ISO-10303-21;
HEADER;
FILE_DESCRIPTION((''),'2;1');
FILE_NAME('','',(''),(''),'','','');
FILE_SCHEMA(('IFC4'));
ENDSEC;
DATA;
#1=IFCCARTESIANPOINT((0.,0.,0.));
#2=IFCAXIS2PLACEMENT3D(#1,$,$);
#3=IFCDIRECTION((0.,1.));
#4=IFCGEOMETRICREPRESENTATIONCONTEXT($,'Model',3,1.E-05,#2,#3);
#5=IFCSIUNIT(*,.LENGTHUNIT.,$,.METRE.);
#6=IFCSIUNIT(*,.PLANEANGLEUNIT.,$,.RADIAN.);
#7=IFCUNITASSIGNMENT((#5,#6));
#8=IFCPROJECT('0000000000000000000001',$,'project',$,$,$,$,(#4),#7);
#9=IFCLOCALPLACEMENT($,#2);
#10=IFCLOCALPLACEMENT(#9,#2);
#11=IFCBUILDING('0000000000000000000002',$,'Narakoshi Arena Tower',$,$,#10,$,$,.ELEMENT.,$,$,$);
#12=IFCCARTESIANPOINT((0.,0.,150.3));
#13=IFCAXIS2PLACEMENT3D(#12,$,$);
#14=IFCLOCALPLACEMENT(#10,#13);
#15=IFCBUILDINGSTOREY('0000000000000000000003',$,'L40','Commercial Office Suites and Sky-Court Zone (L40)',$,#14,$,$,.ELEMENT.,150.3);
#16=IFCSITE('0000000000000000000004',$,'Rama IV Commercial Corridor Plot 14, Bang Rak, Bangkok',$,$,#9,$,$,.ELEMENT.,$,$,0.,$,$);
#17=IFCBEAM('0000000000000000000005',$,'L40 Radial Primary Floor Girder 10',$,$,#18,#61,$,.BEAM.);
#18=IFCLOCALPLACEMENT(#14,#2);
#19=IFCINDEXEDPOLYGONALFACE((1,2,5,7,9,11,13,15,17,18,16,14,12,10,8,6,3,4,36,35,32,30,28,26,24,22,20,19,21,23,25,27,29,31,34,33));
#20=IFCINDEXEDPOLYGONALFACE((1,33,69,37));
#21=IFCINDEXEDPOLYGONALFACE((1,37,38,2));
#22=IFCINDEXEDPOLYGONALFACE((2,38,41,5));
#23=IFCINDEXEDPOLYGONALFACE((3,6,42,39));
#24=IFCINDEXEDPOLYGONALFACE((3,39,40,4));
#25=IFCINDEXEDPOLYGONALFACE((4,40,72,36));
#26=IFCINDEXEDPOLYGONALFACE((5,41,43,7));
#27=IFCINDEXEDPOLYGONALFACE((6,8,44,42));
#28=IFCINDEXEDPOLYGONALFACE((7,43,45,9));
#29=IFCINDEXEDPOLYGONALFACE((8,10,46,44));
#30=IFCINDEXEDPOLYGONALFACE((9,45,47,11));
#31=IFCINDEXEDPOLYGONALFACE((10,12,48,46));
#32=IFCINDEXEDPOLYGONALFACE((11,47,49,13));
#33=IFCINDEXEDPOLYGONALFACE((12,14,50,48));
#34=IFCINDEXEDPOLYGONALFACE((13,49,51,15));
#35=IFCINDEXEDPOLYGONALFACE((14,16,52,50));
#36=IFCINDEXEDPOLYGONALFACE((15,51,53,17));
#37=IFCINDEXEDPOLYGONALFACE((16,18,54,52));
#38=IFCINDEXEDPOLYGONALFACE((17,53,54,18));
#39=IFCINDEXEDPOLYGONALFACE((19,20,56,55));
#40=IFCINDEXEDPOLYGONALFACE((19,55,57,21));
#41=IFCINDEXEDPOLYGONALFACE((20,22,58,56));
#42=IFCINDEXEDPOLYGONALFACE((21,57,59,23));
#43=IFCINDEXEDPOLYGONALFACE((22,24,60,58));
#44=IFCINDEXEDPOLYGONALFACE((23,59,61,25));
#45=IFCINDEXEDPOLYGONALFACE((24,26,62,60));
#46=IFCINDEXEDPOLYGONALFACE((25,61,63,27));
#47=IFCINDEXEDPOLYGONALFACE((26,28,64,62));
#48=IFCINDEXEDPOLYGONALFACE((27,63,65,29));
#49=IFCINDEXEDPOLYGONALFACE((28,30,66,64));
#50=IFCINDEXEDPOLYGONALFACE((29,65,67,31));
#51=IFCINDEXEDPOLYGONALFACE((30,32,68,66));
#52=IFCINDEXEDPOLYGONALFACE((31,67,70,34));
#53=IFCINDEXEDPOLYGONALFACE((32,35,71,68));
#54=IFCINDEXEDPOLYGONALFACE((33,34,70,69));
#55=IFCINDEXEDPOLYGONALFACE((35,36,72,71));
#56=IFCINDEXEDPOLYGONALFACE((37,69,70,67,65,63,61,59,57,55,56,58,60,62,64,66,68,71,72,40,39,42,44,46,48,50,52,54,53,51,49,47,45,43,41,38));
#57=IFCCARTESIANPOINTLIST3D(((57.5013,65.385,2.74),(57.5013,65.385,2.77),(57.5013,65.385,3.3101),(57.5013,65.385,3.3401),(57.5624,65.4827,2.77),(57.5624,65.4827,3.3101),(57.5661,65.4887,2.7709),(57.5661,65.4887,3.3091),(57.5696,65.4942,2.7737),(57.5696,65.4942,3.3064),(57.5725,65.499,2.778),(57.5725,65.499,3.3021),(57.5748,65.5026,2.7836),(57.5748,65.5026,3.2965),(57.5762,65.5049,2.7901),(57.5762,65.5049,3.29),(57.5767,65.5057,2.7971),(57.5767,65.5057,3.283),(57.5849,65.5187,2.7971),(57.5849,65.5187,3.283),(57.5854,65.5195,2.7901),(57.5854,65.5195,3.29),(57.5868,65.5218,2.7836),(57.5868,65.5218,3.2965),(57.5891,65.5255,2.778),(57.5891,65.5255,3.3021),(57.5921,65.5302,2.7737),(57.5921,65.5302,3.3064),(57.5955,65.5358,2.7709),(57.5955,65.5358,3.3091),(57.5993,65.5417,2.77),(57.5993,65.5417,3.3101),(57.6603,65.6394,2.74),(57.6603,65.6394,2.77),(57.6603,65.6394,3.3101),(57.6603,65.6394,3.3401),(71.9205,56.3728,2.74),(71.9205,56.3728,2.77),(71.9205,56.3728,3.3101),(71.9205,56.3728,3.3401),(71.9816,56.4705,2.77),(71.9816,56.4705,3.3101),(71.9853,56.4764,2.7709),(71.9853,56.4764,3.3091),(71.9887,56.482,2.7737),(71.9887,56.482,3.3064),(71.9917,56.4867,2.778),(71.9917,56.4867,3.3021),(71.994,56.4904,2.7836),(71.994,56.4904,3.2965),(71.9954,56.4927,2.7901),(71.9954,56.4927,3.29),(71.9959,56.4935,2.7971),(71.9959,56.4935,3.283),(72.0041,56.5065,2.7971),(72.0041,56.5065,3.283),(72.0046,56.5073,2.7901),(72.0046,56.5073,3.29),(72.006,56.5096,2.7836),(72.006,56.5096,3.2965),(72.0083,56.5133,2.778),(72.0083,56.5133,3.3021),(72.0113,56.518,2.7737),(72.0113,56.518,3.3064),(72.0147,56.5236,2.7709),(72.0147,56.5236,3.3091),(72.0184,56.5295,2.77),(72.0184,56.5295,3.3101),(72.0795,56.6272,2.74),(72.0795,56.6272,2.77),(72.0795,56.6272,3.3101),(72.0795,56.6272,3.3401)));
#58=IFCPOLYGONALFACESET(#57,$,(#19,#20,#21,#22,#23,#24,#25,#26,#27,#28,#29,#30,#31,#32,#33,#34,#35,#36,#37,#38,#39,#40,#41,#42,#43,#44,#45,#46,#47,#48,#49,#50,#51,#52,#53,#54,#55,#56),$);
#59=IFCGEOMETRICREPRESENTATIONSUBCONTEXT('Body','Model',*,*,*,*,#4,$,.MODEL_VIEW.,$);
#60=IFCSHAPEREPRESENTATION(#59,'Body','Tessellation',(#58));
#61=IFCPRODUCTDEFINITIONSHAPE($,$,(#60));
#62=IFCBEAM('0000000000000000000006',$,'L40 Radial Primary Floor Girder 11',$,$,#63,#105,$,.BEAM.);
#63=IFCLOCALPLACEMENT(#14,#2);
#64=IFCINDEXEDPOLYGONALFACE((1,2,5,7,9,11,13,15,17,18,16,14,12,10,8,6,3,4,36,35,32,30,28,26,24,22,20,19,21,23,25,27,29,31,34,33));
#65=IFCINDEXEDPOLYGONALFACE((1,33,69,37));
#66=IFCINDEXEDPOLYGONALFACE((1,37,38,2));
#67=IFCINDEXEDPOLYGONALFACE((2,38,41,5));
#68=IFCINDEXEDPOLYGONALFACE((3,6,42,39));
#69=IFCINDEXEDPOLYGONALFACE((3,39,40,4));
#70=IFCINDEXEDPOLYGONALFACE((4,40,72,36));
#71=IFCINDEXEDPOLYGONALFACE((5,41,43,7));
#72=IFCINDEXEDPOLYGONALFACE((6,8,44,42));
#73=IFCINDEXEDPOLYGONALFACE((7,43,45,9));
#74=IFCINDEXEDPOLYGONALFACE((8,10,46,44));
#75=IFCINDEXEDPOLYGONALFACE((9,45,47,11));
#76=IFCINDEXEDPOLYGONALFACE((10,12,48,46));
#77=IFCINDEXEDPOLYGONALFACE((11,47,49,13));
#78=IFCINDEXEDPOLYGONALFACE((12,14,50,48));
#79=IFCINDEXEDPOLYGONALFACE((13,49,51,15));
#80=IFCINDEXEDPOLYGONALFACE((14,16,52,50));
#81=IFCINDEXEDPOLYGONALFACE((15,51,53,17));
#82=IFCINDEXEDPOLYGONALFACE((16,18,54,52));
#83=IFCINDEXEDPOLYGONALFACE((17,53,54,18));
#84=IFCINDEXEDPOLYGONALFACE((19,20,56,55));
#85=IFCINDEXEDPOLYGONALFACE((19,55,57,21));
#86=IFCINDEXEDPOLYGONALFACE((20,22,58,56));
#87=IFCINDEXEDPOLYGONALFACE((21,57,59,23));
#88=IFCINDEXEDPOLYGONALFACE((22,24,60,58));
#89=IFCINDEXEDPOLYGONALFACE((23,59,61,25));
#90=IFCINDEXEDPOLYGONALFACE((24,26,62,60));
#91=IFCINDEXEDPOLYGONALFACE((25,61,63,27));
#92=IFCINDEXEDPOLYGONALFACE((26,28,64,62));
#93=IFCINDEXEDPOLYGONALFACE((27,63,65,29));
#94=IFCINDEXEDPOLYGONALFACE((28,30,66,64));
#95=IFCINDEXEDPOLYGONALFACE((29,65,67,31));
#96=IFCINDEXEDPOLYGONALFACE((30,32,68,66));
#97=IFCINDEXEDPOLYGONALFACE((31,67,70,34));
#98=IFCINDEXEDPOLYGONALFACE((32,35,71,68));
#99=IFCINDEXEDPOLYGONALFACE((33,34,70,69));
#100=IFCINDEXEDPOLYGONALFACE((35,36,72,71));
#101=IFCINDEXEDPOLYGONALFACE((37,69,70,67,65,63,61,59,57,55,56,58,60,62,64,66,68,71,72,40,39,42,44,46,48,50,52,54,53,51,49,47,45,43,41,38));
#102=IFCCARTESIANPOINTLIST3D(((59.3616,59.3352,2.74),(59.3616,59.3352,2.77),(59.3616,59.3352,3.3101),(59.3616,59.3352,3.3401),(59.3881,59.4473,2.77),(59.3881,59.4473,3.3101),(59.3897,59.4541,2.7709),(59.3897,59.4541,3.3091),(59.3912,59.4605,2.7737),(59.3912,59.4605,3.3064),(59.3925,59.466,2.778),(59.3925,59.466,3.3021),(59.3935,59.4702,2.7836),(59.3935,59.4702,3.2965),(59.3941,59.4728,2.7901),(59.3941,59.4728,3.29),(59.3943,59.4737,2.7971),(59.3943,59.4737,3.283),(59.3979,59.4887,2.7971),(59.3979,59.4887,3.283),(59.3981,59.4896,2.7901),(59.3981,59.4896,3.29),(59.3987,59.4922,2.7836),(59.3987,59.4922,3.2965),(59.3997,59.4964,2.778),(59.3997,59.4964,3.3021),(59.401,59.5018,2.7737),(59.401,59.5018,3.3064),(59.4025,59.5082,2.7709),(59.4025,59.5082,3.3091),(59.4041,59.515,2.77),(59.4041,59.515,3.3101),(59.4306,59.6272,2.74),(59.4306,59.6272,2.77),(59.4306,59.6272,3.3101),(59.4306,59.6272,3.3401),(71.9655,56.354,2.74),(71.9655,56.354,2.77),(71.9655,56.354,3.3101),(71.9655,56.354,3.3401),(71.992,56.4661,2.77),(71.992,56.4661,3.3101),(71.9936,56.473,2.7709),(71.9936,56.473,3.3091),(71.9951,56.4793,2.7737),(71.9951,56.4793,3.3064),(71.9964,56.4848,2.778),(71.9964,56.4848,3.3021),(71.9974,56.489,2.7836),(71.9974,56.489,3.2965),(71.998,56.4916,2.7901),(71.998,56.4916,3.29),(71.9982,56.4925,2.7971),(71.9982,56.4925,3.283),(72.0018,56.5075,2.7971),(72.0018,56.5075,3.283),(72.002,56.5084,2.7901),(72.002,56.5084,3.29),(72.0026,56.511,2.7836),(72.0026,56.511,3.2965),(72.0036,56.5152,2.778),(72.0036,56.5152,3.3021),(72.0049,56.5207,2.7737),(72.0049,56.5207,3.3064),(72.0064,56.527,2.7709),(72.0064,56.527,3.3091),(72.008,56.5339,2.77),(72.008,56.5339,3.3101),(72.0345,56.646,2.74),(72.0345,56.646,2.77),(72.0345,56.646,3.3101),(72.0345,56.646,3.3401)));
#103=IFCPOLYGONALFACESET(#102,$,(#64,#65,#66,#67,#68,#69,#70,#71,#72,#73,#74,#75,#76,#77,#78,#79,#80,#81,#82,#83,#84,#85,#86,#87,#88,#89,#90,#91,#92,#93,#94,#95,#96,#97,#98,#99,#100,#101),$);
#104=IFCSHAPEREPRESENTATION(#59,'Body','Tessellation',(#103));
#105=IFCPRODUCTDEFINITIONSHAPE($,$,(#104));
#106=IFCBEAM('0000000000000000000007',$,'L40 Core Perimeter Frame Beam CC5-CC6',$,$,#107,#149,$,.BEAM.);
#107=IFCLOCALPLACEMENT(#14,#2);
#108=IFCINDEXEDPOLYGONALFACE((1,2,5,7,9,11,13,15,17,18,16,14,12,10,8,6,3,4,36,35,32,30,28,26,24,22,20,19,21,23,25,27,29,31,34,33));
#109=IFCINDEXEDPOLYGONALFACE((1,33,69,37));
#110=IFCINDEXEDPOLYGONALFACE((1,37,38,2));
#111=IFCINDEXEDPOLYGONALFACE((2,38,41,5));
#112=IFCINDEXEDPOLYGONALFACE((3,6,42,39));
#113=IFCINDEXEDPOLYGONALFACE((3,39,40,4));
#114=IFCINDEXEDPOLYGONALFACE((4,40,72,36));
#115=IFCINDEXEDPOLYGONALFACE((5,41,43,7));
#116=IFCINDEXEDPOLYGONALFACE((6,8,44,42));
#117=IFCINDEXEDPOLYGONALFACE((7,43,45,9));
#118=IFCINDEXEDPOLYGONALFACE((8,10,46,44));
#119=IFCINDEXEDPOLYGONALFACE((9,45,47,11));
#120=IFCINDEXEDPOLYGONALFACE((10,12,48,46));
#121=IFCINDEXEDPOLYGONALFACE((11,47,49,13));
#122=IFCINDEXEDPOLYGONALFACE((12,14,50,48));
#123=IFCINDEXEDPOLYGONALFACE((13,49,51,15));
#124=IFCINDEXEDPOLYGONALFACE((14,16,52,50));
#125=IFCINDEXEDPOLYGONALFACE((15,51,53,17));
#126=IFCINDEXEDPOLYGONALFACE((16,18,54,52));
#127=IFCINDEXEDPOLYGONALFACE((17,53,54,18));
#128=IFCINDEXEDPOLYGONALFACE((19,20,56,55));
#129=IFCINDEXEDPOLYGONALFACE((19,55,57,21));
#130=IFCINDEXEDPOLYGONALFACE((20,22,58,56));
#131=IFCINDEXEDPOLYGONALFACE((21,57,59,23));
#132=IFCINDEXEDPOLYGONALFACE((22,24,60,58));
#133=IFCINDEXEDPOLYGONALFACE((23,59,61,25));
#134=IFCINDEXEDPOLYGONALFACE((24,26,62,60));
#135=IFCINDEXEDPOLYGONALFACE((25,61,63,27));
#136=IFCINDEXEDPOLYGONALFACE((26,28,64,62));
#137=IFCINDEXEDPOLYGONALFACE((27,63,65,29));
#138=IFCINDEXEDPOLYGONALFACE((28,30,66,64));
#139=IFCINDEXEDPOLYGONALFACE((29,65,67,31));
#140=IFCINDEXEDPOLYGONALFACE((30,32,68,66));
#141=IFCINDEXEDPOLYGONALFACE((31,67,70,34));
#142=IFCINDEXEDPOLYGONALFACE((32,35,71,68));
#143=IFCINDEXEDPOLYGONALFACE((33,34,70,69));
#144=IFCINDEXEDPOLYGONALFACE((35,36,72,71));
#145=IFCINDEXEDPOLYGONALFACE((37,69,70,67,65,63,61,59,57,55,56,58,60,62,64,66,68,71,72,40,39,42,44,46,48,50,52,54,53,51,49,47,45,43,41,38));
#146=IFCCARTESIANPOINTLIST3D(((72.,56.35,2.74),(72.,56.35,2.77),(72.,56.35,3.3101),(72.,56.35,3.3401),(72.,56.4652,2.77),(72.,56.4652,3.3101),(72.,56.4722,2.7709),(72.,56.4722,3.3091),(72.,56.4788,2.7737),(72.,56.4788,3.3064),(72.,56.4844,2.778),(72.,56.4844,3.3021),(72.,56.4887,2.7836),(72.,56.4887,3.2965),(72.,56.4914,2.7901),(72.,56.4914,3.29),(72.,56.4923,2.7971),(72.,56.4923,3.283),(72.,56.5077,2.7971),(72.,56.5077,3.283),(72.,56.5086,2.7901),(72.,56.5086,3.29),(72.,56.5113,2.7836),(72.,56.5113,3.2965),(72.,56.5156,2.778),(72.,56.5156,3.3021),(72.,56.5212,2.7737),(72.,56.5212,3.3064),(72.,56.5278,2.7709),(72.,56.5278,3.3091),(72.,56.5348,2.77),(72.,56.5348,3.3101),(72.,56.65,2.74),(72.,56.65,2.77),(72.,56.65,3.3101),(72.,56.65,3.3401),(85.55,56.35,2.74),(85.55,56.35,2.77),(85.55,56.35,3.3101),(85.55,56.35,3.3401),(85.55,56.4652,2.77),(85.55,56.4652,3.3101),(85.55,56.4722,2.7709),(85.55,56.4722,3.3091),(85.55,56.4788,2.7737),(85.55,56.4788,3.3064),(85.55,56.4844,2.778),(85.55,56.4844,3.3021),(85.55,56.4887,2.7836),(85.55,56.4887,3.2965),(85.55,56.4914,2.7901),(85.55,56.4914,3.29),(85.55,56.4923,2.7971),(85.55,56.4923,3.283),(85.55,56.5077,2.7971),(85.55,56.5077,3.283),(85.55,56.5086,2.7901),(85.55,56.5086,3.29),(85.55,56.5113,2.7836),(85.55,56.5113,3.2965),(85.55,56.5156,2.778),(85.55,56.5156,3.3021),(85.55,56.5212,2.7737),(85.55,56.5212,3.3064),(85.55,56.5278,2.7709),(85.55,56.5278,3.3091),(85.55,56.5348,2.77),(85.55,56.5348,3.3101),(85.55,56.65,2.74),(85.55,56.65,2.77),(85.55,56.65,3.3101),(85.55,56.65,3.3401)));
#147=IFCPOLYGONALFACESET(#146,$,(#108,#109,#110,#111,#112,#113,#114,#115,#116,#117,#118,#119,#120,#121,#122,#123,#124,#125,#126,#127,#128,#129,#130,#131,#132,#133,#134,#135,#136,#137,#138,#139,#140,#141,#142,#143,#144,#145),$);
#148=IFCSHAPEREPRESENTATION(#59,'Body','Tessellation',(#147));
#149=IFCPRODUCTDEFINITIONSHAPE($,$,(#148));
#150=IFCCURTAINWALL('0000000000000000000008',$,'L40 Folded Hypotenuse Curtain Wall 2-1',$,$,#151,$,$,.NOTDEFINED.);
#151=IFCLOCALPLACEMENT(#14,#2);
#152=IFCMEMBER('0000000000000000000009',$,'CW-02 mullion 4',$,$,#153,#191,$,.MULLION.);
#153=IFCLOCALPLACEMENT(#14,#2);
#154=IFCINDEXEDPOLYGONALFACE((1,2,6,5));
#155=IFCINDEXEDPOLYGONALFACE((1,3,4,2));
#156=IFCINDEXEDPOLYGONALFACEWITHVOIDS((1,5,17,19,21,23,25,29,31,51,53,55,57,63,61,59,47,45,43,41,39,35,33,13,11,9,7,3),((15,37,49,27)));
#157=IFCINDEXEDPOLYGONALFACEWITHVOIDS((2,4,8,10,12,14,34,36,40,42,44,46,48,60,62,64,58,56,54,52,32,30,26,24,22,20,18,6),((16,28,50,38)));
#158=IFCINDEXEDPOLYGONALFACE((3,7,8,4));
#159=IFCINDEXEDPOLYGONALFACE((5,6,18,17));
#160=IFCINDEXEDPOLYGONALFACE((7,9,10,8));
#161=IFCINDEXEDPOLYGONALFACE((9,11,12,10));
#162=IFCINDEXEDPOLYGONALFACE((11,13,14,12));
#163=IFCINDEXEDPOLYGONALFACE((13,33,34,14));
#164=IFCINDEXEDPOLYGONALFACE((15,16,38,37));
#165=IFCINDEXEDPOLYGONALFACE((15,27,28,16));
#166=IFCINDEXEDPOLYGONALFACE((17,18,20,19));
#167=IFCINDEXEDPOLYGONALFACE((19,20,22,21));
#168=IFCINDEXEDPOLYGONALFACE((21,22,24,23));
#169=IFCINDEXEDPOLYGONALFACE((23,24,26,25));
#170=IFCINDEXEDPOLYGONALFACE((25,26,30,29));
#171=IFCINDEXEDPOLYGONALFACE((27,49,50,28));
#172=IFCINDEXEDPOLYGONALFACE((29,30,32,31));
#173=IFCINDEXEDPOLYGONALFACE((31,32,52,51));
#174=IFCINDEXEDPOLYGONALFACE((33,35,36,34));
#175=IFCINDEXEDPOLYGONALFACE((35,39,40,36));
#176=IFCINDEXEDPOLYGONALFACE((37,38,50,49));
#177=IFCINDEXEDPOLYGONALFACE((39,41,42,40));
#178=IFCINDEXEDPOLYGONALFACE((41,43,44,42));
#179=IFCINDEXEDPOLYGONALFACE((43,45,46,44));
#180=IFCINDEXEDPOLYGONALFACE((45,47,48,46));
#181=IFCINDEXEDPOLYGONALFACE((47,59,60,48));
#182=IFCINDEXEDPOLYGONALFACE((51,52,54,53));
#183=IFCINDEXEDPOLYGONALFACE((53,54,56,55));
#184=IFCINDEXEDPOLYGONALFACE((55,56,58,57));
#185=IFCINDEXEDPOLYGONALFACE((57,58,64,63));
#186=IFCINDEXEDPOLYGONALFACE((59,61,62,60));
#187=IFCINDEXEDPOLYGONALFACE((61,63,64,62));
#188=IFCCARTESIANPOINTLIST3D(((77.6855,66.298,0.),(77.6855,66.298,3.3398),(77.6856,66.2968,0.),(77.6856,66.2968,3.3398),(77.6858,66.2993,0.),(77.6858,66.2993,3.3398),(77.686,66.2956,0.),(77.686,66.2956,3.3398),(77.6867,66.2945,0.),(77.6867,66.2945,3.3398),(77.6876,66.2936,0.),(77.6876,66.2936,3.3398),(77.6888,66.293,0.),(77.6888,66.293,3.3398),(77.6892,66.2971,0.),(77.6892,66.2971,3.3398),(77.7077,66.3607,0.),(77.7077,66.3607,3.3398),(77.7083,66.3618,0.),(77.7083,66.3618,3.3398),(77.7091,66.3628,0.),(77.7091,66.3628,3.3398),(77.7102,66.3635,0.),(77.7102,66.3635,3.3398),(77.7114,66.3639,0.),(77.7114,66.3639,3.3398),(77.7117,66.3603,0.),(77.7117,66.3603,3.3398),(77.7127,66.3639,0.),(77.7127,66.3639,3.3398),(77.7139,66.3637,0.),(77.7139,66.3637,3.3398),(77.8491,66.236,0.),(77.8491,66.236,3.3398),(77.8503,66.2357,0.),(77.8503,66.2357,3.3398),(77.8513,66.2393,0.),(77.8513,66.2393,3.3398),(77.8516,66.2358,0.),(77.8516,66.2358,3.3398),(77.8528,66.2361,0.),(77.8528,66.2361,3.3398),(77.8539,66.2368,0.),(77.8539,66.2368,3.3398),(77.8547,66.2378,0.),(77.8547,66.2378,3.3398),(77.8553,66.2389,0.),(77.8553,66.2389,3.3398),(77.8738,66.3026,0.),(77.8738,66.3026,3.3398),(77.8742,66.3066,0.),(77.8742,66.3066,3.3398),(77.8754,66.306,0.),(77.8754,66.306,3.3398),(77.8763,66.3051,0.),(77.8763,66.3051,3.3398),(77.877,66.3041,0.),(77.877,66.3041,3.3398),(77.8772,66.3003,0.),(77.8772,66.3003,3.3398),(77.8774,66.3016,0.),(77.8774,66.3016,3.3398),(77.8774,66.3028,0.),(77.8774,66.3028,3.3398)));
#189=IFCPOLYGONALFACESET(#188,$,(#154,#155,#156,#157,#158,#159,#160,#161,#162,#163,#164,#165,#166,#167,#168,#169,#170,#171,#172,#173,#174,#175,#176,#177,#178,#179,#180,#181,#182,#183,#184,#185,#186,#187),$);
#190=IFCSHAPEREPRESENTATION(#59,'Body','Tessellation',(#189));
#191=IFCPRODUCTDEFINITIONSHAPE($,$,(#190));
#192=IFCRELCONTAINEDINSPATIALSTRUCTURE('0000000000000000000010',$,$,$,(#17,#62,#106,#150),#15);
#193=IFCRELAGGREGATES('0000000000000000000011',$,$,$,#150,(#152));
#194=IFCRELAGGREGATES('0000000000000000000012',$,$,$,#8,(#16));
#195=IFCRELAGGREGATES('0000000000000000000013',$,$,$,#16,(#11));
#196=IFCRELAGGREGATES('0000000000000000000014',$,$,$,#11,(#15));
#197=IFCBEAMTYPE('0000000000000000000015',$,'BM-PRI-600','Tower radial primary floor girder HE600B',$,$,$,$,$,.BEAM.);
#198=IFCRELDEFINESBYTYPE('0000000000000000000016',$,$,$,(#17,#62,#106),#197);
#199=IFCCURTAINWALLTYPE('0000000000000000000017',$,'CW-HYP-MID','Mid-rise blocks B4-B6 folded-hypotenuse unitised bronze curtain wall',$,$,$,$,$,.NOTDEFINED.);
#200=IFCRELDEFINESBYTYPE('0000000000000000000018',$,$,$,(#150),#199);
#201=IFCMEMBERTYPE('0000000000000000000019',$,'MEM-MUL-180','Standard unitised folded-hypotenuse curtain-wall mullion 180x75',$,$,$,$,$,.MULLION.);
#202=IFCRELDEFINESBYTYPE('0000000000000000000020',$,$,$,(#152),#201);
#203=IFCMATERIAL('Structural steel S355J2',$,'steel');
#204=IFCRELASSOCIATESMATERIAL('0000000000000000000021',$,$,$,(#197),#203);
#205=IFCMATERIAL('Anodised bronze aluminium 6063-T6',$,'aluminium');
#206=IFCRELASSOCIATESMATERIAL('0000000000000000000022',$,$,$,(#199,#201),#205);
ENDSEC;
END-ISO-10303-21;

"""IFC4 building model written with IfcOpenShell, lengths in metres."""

from ifc_helpers import new_model, si_unit, direction, frame, origin, origin_2d, place, context, subcontext, project, spatial, hollow_rectangle, i_section, extrude, material, material_profile, profile_set, type_object, element, aggregate, save


model = new_model("IFC4")

# Units and contexts
model_context = context("Model", 3, precision=1e-05, world=origin(), true_north=direction((0.0, 1.0)))
body_context = subcontext(model_context, "Body", "Model", "MODEL_VIEW")
ifc_project = project(units=[si_unit("LENGTHUNIT", "METRE"), si_unit("PLANEANGLEUNIT", "RADIAN")], contexts=[model_context])

# Site, building, storey
site_placement = place(None, origin())
site = spatial("IfcSite", under=ifc_project, at=site_placement, Name="Rama IV Commercial Corridor Plot 14, Bang Rak, Bangkok", CompositionType="ELEMENT", RefElevation=0.0)
building_placement = place(site_placement, origin())
building = spatial("IfcBuilding", under=site, at=building_placement, Name="Narakoshi Arena Tower", CompositionType="ELEMENT")
storey_placement = place(building_placement, frame((0.0, 0.0, 150.3)))
storey = spatial("IfcBuildingStorey", under=building, at=storey_placement, Name="L40", Description="Commercial Office Suites and Sky-Court Zone (L40)", CompositionType="ELEMENT", Elevation=150.3)

# Beams
ifc_material_1 = material(Name="Structural steel S355J2", Category="steel")
ifc_material_profile_1 = material_profile(ifc_material_1, i_section(OverallWidth=0.3, OverallDepth=0.6001, WebThickness=0.0154, FlangeThickness=0.03, FilletRadius=0.0271, at=origin_2d()), Name="HE600B")
ifc_profile_set_1 = profile_set([ifc_material_profile_1], Name="Structural steel S355J2")
beam_type = type_object("IfcBeamType", Name="BM-PRI-600", Description="Tower radial primary floor girder HE600B", PredefinedType="BEAM", material=ifc_profile_set_1)
beam_1_placement = place(storey_placement, frame((72.0, 56.5, 3.04), z_axis=(-0.847993, 0.530008, 0.0), x_axis=(-0.530008, -0.847993, 0.0)))
element("IfcBeam", 1, at=beam_1_placement, inside=storey, type_object=beam_type, Name="L40 Radial Primary Floor Girder 10", PredefinedType="BEAM", context=body_context, shape_type="SweptSolid", body=[
    extrude(i_section(OverallWidth=0.3, OverallDepth=0.6001, WebThickness=0.0154, FlangeThickness=0.03, FilletRadius=0.0271, at=origin_2d()), origin(), (0.0, 0.0, 1.0), 17.0039),
])
beam_2_placement = place(storey_placement, frame((72.0, 56.5, 3.04), z_axis=(-0.973149, 0.230177, 0.0), x_axis=(-0.230177, -0.973149, 0.0)))
element("IfcBeam", 2, at=beam_2_placement, inside=storey, type_object=beam_type, Name="L40 Radial Primary Floor Girder 11", PredefinedType="BEAM", context=body_context, shape_type="SweptSolid", body=[
    extrude(i_section(OverallWidth=0.3, OverallDepth=0.6001, WebThickness=0.0154, FlangeThickness=0.03, FilletRadius=0.0271, at=origin_2d()), origin(), (0.0, 0.0, 1.0), 12.9517),
])
beam_3_placement = place(storey_placement, frame((72.0, 56.5, 3.04), z_axis=(1.0, 0.0, 0.0), x_axis=(0.0, 1.0, 0.0)))
element("IfcBeam", 3, at=beam_3_placement, inside=storey, type_object=beam_type, Name="L40 Core Perimeter Frame Beam CC5-CC6", PredefinedType="BEAM", context=body_context, shape_type="SweptSolid", body=[
    extrude(i_section(OverallWidth=0.3, OverallDepth=0.6001, WebThickness=0.0154, FlangeThickness=0.03, FilletRadius=0.0271, at=origin_2d()), origin(), (0.0, 0.0, 1.0), 13.55),
])

# Curtain wall, member
ifc_material_2 = material(Name="Anodised bronze aluminium 6063-T6", Category="aluminium")
curtain_wall_type = type_object("IfcCurtainWallType", Name="CW-HYP-MID", Description="Mid-rise blocks B4-B6 folded-hypotenuse unitised bronze curtain wall", PredefinedType="NOTDEFINED", material=ifc_material_2)
curtain_wall_placement = place(storey_placement, origin())
curtain_wall = element("IfcCurtainWall", 4, at=curtain_wall_placement, inside=storey, type_object=curtain_wall_type, Name="L40 Folded Hypotenuse Curtain Wall 2-1", PredefinedType="NOTDEFINED")
ifc_material_profile_2 = material_profile(ifc_material_2, hollow_rectangle(XDim=0.075, YDim=0.1799, WallThickness=0.0039, OuterFilletRadius=0.0049, at=origin_2d()), Name="MUL180x75x4")
ifc_profile_set_2 = profile_set([ifc_material_profile_2], Name="Anodised bronze aluminium 6063-T6")
member_type_1 = type_object("IfcMemberType", Name="MEM-MUL-180", Description="Standard unitised folded-hypotenuse curtain-wall mullion 180x75", PredefinedType="MULLION", material=ifc_profile_set_2)
member_1_placement = place(storey_placement, frame((77.7815, 66.2998, 0.0), z_axis=(0.0, 0.0, 1.0), x_axis=(-0.335518, -0.942034, 0.0)))
member_1 = element("IfcMember", 5, at=member_1_placement, type_object=member_type_1, Name="CW-02 mullion 4", PredefinedType="MULLION", context=body_context, shape_type="SweptSolid", body=[
    extrude(hollow_rectangle(XDim=0.075, YDim=0.1799, WallThickness=0.0039, OuterFilletRadius=0.0049, at=origin_2d()), origin(), (0.0, 0.0, 1.0), 3.3398),
])
aggregate(curtain_wall, [member_1])

save(model, "model.ifc")
